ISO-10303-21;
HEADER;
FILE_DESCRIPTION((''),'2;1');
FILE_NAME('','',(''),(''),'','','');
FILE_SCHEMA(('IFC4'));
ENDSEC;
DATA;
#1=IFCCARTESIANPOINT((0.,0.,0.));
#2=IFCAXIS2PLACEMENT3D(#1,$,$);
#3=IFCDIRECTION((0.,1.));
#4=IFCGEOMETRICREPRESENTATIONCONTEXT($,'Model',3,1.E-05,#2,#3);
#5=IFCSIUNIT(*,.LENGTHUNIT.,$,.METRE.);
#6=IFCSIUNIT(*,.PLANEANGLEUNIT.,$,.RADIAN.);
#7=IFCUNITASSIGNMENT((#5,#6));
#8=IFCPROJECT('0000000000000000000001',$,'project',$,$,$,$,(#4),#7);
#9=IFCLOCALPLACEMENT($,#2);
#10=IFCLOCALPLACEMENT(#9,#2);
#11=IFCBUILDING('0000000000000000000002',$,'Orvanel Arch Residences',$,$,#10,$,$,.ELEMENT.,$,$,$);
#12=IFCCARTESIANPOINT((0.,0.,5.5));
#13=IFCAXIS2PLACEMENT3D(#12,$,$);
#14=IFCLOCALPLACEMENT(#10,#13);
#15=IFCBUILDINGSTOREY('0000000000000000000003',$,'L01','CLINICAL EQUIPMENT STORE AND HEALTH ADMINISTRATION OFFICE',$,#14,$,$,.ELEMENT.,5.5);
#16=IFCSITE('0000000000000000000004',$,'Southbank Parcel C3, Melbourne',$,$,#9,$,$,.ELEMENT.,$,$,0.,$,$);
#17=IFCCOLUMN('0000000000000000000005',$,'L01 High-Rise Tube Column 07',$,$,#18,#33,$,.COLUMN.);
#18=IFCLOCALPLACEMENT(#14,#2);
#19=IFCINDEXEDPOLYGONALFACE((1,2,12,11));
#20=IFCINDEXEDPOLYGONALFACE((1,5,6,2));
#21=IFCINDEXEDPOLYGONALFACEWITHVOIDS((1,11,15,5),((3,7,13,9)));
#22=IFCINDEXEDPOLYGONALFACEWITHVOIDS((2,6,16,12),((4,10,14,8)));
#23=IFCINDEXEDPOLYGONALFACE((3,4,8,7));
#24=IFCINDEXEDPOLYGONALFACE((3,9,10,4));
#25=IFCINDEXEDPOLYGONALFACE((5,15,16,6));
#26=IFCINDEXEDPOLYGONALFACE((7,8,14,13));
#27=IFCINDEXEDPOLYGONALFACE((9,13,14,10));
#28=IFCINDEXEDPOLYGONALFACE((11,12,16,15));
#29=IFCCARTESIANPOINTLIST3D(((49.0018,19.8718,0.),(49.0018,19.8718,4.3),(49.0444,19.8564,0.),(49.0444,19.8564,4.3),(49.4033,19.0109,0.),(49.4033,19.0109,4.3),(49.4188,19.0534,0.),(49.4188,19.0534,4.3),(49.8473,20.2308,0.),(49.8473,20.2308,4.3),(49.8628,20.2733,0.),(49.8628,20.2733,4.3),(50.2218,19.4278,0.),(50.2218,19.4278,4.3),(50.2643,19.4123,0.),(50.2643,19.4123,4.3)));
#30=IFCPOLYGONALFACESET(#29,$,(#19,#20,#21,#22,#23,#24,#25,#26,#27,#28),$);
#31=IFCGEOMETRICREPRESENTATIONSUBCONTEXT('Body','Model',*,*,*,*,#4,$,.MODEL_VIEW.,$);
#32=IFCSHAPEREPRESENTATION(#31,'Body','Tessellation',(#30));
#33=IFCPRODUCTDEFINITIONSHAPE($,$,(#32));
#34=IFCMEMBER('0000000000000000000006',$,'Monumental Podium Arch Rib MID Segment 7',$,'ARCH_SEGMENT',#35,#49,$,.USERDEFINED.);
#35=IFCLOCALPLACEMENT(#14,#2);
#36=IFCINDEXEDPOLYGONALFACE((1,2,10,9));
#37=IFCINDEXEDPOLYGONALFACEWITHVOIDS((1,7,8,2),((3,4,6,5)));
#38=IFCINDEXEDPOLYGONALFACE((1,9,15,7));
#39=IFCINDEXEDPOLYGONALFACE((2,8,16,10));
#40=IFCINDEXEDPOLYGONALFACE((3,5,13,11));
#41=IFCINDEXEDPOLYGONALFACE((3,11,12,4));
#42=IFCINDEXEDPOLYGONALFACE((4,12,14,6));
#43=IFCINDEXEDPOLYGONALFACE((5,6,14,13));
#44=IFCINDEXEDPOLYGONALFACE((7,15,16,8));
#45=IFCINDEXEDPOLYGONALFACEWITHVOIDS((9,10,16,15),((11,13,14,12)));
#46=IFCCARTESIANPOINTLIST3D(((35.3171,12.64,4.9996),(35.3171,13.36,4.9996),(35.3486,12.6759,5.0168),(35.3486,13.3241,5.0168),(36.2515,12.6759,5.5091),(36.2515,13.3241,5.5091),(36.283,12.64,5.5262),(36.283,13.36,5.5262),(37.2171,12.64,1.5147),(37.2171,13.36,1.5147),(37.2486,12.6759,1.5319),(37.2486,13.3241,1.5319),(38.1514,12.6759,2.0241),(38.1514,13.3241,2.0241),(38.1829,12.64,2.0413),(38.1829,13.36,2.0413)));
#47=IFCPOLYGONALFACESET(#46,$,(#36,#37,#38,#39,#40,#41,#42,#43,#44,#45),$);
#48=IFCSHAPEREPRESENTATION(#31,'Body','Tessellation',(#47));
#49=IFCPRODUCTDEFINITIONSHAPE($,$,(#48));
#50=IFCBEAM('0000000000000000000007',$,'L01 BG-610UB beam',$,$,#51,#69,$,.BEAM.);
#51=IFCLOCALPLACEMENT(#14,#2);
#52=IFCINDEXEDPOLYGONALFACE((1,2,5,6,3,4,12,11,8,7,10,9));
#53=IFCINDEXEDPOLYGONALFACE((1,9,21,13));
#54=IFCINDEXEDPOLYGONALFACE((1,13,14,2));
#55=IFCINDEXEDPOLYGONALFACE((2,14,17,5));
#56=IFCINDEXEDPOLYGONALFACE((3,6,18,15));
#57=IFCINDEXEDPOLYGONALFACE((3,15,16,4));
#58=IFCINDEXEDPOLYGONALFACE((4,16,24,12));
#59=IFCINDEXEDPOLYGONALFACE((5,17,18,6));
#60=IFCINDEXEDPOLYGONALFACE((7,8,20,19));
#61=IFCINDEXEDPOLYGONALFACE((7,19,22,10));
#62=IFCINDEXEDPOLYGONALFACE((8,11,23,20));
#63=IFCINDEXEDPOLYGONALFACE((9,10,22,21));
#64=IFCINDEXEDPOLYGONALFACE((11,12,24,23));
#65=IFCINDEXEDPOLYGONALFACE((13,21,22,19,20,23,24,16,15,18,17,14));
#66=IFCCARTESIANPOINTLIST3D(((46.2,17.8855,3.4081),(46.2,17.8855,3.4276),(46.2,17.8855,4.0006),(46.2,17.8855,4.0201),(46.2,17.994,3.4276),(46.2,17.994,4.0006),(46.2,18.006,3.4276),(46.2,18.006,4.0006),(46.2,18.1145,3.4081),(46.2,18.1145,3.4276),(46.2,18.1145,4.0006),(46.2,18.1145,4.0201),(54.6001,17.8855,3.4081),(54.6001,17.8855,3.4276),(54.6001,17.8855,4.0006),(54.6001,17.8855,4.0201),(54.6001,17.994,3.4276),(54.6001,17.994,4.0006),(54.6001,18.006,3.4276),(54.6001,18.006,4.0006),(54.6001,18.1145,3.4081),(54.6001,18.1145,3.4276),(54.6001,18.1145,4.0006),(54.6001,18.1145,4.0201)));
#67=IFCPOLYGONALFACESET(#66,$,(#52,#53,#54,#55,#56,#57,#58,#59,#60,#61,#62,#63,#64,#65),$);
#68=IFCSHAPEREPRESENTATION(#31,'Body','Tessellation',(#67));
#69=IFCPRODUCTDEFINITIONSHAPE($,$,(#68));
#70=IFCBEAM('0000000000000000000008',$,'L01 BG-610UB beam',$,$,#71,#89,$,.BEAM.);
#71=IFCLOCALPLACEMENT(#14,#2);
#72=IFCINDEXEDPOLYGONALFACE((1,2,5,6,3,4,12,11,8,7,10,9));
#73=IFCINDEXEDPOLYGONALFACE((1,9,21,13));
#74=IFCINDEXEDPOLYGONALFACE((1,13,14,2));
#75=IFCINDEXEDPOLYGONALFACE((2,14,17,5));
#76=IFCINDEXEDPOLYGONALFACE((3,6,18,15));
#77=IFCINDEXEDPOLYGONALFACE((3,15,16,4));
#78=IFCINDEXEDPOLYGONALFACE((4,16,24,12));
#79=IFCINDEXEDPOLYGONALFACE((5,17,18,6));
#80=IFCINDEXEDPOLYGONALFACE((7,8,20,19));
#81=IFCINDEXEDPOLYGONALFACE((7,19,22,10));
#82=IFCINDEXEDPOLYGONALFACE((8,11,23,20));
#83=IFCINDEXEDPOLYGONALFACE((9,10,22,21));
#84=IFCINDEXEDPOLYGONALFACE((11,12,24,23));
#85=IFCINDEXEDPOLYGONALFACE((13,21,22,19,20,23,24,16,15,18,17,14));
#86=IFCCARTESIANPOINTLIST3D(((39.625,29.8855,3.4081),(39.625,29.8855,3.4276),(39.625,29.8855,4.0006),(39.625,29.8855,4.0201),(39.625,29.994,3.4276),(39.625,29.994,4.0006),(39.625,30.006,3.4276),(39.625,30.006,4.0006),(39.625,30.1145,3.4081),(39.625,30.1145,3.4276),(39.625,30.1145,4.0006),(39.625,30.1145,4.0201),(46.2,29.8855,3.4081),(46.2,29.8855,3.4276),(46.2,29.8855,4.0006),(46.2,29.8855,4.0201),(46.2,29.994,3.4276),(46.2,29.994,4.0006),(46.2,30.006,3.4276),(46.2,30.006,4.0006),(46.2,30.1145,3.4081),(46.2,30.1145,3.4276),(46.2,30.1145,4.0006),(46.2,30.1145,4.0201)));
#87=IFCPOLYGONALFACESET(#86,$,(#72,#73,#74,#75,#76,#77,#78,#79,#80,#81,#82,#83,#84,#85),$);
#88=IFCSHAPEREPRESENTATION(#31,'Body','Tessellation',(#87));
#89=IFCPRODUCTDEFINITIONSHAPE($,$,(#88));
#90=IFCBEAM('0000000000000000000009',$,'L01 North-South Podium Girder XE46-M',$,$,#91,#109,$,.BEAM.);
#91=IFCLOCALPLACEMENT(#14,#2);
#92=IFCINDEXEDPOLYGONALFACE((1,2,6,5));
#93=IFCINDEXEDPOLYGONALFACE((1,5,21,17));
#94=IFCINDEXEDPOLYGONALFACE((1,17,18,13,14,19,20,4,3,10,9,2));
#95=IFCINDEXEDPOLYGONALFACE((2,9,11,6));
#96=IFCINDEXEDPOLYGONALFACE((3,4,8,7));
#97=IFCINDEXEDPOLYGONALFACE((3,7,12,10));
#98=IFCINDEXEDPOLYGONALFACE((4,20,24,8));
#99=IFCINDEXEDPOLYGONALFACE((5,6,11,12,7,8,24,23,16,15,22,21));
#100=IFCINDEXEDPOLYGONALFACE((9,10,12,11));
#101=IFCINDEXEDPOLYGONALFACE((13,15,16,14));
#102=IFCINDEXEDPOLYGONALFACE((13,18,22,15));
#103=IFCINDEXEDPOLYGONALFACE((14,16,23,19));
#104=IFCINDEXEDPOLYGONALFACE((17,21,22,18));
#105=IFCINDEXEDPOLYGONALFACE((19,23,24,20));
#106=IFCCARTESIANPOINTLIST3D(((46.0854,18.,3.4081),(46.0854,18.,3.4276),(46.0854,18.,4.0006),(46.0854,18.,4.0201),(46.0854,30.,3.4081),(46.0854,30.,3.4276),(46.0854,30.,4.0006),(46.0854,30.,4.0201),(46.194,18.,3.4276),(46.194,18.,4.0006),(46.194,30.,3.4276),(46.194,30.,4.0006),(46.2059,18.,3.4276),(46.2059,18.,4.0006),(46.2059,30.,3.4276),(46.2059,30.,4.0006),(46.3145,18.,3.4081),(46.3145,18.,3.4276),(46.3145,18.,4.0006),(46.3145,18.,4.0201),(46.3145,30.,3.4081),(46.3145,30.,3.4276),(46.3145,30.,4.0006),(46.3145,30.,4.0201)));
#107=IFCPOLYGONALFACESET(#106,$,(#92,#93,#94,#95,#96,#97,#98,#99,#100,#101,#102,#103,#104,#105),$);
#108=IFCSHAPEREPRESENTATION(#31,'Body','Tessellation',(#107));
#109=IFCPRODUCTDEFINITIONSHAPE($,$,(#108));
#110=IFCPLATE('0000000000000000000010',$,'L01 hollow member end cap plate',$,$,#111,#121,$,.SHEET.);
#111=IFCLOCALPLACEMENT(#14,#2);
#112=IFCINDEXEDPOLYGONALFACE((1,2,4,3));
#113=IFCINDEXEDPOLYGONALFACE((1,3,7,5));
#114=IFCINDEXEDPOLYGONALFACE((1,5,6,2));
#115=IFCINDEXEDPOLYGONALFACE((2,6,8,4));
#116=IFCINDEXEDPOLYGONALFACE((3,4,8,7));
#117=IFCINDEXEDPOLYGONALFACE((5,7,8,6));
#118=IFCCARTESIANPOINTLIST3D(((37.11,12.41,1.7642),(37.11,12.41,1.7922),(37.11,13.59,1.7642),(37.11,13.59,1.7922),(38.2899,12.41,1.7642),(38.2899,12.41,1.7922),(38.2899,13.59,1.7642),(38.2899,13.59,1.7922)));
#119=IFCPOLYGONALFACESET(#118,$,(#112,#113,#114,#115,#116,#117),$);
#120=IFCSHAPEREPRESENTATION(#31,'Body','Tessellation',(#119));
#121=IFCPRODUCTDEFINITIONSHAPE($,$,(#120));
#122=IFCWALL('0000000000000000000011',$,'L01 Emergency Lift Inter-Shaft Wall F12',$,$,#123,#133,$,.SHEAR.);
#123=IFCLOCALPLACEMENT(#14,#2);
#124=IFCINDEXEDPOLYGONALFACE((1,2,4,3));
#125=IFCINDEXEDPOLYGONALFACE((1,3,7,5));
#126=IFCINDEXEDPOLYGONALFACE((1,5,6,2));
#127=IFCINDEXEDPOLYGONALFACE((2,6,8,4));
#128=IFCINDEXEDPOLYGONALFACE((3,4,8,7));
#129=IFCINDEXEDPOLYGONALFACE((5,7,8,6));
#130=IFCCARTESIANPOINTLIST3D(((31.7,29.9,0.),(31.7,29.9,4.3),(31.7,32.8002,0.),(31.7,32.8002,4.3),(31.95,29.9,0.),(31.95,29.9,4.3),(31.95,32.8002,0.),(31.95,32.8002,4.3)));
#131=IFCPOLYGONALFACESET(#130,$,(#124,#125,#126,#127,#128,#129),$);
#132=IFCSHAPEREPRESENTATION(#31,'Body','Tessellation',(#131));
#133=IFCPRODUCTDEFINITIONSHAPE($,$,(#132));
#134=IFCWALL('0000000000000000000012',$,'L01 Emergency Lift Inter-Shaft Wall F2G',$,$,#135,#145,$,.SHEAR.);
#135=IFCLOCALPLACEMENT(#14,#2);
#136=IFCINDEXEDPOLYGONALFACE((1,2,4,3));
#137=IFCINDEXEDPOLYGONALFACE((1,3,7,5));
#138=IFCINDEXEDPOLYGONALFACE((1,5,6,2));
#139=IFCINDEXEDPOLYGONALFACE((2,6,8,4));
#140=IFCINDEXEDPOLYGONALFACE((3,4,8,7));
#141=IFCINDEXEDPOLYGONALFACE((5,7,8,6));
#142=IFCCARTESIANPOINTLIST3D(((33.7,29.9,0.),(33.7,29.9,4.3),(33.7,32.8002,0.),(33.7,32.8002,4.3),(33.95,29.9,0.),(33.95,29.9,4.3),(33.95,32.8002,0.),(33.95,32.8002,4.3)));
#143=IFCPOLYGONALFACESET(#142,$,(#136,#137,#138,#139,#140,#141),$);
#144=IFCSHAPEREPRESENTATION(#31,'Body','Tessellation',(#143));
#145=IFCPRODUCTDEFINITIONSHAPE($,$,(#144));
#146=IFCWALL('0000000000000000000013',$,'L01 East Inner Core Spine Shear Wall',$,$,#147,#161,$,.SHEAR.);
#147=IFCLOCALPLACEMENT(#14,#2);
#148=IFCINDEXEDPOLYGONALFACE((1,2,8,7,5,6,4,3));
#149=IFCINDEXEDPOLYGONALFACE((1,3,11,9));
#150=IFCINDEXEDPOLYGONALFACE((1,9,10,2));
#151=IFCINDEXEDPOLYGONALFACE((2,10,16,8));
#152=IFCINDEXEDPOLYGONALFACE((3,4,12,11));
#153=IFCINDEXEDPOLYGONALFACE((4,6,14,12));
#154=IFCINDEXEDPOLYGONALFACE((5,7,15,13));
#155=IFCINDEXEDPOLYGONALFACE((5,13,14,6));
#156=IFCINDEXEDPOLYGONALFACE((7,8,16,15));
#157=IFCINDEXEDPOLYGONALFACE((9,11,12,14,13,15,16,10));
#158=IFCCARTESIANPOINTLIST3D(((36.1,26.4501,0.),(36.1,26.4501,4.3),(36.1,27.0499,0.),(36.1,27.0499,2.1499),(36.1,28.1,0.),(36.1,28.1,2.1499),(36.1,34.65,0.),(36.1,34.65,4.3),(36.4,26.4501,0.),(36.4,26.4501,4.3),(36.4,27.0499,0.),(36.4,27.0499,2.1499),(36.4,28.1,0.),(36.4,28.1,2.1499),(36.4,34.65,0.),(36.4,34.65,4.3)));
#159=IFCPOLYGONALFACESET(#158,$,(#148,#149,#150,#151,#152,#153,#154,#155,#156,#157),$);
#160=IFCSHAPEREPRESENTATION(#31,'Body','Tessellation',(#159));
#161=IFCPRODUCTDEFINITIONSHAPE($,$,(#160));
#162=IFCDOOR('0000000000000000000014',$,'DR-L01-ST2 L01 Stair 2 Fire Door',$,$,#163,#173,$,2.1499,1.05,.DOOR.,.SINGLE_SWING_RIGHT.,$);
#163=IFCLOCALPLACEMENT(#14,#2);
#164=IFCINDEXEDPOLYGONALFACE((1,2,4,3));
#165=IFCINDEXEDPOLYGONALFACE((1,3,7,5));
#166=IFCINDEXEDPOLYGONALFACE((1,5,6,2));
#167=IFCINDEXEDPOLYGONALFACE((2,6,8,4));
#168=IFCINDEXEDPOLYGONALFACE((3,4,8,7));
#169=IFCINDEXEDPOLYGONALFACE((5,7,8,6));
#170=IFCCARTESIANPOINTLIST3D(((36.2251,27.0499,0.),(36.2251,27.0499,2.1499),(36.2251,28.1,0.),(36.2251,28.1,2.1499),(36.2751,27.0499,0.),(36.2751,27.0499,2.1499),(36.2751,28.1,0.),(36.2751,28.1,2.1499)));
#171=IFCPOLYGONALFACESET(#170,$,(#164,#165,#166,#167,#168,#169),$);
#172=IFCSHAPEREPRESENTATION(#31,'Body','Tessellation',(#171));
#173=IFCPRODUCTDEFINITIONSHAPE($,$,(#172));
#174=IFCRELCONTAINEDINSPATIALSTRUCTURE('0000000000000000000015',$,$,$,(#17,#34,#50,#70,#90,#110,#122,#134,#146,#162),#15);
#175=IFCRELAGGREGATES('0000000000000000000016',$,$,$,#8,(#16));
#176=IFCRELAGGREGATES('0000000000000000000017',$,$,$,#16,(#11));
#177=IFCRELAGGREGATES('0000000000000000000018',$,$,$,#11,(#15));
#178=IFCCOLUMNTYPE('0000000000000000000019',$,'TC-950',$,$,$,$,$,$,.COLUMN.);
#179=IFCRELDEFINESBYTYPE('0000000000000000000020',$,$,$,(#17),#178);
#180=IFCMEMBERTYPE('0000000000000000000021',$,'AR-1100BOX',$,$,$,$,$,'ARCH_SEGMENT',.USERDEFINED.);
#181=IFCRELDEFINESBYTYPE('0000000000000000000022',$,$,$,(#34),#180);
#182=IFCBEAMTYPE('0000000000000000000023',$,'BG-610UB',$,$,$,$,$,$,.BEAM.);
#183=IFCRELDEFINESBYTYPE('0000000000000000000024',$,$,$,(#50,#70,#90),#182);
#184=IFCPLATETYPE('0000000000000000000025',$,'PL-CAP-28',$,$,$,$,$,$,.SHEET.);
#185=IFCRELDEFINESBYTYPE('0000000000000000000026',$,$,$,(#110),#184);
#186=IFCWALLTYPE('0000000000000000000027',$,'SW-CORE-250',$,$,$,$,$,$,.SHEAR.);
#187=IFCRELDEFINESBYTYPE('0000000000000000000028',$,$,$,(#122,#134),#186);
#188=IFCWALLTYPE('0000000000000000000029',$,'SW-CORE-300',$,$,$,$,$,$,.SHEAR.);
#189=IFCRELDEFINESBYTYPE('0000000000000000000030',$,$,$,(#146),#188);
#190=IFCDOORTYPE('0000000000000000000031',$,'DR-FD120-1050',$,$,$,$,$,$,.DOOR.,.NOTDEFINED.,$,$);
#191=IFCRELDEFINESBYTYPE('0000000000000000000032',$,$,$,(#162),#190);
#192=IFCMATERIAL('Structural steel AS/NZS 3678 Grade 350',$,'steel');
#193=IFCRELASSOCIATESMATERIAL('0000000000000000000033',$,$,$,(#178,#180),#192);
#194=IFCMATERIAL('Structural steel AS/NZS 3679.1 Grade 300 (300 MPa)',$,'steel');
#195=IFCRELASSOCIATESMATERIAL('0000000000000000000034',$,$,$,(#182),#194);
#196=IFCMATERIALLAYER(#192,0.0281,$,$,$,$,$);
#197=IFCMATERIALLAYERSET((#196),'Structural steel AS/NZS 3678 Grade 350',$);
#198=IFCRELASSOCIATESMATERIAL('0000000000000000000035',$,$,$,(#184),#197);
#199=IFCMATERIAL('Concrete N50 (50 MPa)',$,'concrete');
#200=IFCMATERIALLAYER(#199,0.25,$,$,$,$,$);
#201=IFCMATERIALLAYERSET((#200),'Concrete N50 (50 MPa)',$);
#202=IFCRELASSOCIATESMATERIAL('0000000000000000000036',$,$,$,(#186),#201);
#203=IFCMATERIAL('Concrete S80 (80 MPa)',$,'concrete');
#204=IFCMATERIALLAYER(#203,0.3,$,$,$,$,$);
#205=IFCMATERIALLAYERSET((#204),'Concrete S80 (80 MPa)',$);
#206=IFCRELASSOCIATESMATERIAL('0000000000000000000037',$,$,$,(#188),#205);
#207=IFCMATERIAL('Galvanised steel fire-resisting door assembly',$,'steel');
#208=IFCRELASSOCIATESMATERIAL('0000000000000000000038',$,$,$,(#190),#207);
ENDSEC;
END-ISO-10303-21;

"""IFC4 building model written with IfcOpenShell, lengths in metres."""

from ifc_helpers import new_model, si_unit, direction, frame, frame_2d, origin, origin_2d, place, context, subcontext, project, spatial, rectangle, hollow_rectangle, i_section, extrude, material, layer, layer_set, material_profile, profile_set, type_object, element, fill, save


model = new_model("IFC4")

# Units and contexts
model_context = context("Model", 3, precision=1e-05, world=origin(), true_north=direction((0.0, 1.0)))
body_context = subcontext(model_context, "Body", "Model", "MODEL_VIEW")
ifc_project = project(units=[si_unit("LENGTHUNIT", "METRE"), si_unit("PLANEANGLEUNIT", "RADIAN")], contexts=[model_context])

# Site, building, storey
site_placement = place(None, origin())
site = spatial("IfcSite", under=ifc_project, at=site_placement, Name="Southbank Parcel C3, Melbourne", CompositionType="ELEMENT", RefElevation=0.0)
building_placement = place(site_placement, origin())
building = spatial("IfcBuilding", under=site, at=building_placement, Name="Orvanel Arch Residences", CompositionType="ELEMENT")
storey_placement = place(building_placement, frame((0.0, 0.0, 5.5)))
storey = spatial("IfcBuildingStorey", under=building, at=storey_placement, Name="L01", Description="CLINICAL EQUIPMENT STORE AND HEALTH ADMINISTRATION OFFICE", CompositionType="ELEMENT", Elevation=5.5)

# Column
ifc_material_1 = material(Name="Structural steel AS/NZS 3679.1 Grade 300 (300 MPa)", Category="steel")
ifc_material_2 = material(Name="Structural steel AS/NZS 3678 Grade 350", Category="steel")
ifc_material_profile_1 = material_profile(ifc_material_2, hollow_rectangle(XDim=0.95, YDim=0.95, WallThickness=0.032, at=origin_2d()), Name="BOX950x950x32")
ifc_profile_set_1 = profile_set([ifc_material_profile_1], Name="Structural steel AS/NZS 3678 Grade 350")
column_type_1 = type_object("IfcColumnType", Name="TC-950", PredefinedType="COLUMN", material=ifc_profile_set_1)
column_1_placement = place(storey_placement, frame((49.6331, 19.6421, 0.0), z_axis=(0.0, 0.0, 1.0), x_axis=(-0.422618, 0.906308, 0.0)))
element("IfcColumn", 1, at=column_1_placement, inside=storey, type_object=column_type_1, Name="L01 High-Rise Tube Column 07", PredefinedType="COLUMN", context=body_context, shape_type="SweptSolid", body=[
    extrude(hollow_rectangle(XDim=0.95, YDim=0.95, WallThickness=0.032, at=origin_2d()), origin(), (0.0, 0.0, 1.0), 4.3),
])

# Member
ifc_material_profile_2 = material_profile(ifc_material_2, hollow_rectangle(XDim=0.72, YDim=1.1001, WallThickness=0.0359, at=origin_2d()), Name="BOX1100x720x36")
ifc_profile_set_2 = profile_set([ifc_material_profile_2], Name="Structural steel AS/NZS 3678 Grade 350")
member_type = type_object("IfcMemberType", Name="AR-1100BOX", ElementType="ARCH_SEGMENT", PredefinedType="USERDEFINED", material=ifc_profile_set_2)
member_placement = place(storey_placement, frame((35.8, 13.0, 5.2629), z_axis=(0.478671, 0.0, -0.877994), x_axis=(0.0, 1.0, 0.0)))
element("IfcMember", 2, at=member_placement, inside=storey, type_object=member_type, Name="Monumental Podium Arch Rib MID Segment 7", ObjectType="ARCH_SEGMENT", PredefinedType="USERDEFINED", context=body_context, shape_type="SweptSolid", body=[
    extrude(hollow_rectangle(XDim=0.72, YDim=1.1001, WallThickness=0.0359, at=origin_2d()), origin(), (0.0, 0.0, 1.0), 3.9692),
])

# Beams
ifc_material_profile_3 = material_profile(ifc_material_1, i_section(OverallWidth=0.229, OverallDepth=0.6121, WebThickness=0.012, FlangeThickness=0.0195, at=origin_2d()), Name="610UB125")
ifc_profile_set_3 = profile_set([ifc_material_profile_3], Name="Structural steel AS/NZS 3679.1 Grade 300 (300 MPa)")
beam_type = type_object("IfcBeamType", Name="BG-610UB", PredefinedType="BEAM", material=ifc_profile_set_3)
beam_1_placement = place(storey_placement, frame((46.2, 18.0, 3.7141), z_axis=(1.0, 0.0, 0.0), x_axis=(0.0, 1.0, 0.0)))
element("IfcBeam", 3, at=beam_1_placement, inside=storey, type_object=beam_type, Name="L01 BG-610UB beam", PredefinedType="BEAM", context=body_context, shape_type="SweptSolid", body=[
    extrude(i_section(OverallWidth=0.229, OverallDepth=0.6121, WebThickness=0.012, FlangeThickness=0.0195, at=origin_2d()), origin(), (0.0, 0.0, 1.0), 8.4001),
])
beam_2_placement = place(storey_placement, frame((39.625, 30.0, 3.7141), z_axis=(1.0, 0.0, 0.0), x_axis=(0.0, 1.0, 0.0)))
element("IfcBeam", 4, at=beam_2_placement, inside=storey, type_object=beam_type, Name="L01 BG-610UB beam", PredefinedType="BEAM", context=body_context, shape_type="SweptSolid", body=[
    extrude(i_section(OverallWidth=0.229, OverallDepth=0.6121, WebThickness=0.012, FlangeThickness=0.0195, at=origin_2d()), origin(), (0.0, 0.0, 1.0), 6.575),
])
beam_3_placement = place(storey_placement, frame((46.2, 18.0, 3.7141), z_axis=(0.0, 1.0, 0.0), x_axis=(-1.0, 0.0, 0.0)))
element("IfcBeam", 5, at=beam_3_placement, inside=storey, type_object=beam_type, Name="L01 North-South Podium Girder XE46-M", PredefinedType="BEAM", context=body_context, shape_type="SweptSolid", body=[
    extrude(i_section(OverallWidth=0.229, OverallDepth=0.6121, WebThickness=0.012, FlangeThickness=0.0195, at=origin_2d()), origin(), (0.0, 0.0, 1.0), 12.0),
])

# Plate
ifc_layer_1 = layer(ifc_material_2, 0.0281)
ifc_layer_set_1 = layer_set([ifc_layer_1], Name="Structural steel AS/NZS 3678 Grade 350")
plate_type = type_object("IfcPlateType", Name="PL-CAP-28", PredefinedType="SHEET", material=ifc_layer_set_1)
plate_placement = place(storey_placement, frame((37.7, 13.0, 1.7642), z_axis=(0.0, 0.0, 1.0), x_axis=(1.0, 0.0, 0.0)))
element("IfcPlate", 6, at=plate_placement, inside=storey, type_object=plate_type, Name="L01 hollow member end cap plate", PredefinedType="SHEET", context=body_context, shape_type="SweptSolid", body=[
    extrude(rectangle(XDim=1.1799, YDim=1.1799, at=origin_2d()), origin(), (0.0, 0.0, 1.0), 0.0281),
])

# Walls
ifc_material_3 = material(Name="Concrete N50 (50 MPa)", Category="concrete")
ifc_layer_2 = layer(ifc_material_3, 0.25)
ifc_layer_set_2 = layer_set([ifc_layer_2], Name="Concrete N50 (50 MPa)")
wall_type_1 = type_object("IfcWallType", Name="SW-CORE-250", PredefinedType="SHEAR", material=ifc_layer_set_2)
for number, where, z_axis, x_axis, name in (
    (7, (31.825, 29.8999, 0.0), (0.0, 0.0, 1.0), (0.0, 1.0, 0.0), "L01 Emergency Lift Inter-Shaft Wall F12"),
    (8, (33.825, 29.8999, 0.0), (0.0, 0.0, 1.0), (0.0, 1.0, 0.0), "L01 Emergency Lift Inter-Shaft Wall F2G"),
):
    element("IfcWall", number, at=place(storey_placement, frame(where, z_axis=z_axis, x_axis=x_axis)), inside=storey, type_object=wall_type_1, Name=name, PredefinedType="SHEAR", context=body_context, shape_type="SweptSolid", body=[
        extrude(rectangle(XDim=2.9001, YDim=0.25, at=frame_2d((1.4502, 0.0))), origin(), (0.0, 0.0, 1.0), 4.3),
    ])

# Wall, opening, door
ifc_material_4 = material(Name="Concrete S80 (80 MPa)", Category="concrete")
ifc_layer_3 = layer(ifc_material_4, 0.3)
ifc_layer_set_3 = layer_set([ifc_layer_3], Name="Concrete S80 (80 MPa)")
wall_type_2 = type_object("IfcWallType", Name="SW-CORE-300", PredefinedType="SHEAR", material=ifc_layer_set_3)
wall_1_placement = place(storey_placement, frame((36.25, 26.45, 0.0), z_axis=(0.0, 0.0, 1.0), x_axis=(0.0, 1.0, 0.0)))
wall_1 = element("IfcWall", 9, at=wall_1_placement, inside=storey, type_object=wall_type_2, Name="L01 East Inner Core Spine Shear Wall", PredefinedType="SHEAR", context=body_context, shape_type="SweptSolid", body=[
    extrude(rectangle(XDim=8.2, YDim=0.3, at=frame_2d((4.1001, 0.0))), origin(), (0.0, 0.0, 1.0), 4.3),
])
opening_1_placement = place(wall_1_placement, frame((0.6001, 0.0, 0.0)))
opening_1 = element("IfcOpeningElement", 10, at=opening_1_placement, cuts=wall_1, PredefinedType="OPENING", context=body_context, shape_type="SweptSolid", body=[
    extrude(rectangle(XDim=1.05, YDim=2.1499, at=frame_2d((0.5249, 1.075))), frame((0.0, 0.1599, 0.0), z_axis=(0.0, -1.0, 0.0), x_axis=(1.0, 0.0, 0.0)), (0.0, 0.0, 1.0), 0.3201),
])
ifc_material_5 = material(Name="Galvanised steel fire-resisting door assembly", Category="steel")
door_type_1 = type_object("IfcDoorType", Name="DR-FD120-1050", OperationType="NOTDEFINED", PredefinedType="DOOR", material=ifc_material_5)
door_1_placement = place(opening_1_placement, origin())
door_1 = element("IfcDoor", 11, at=door_1_placement, inside=storey, type_object=door_type_1, Name="DR-L01-ST2 L01 Stair 2 Fire Door", OperationType="SINGLE_SWING_RIGHT", OverallHeight=2.1499, OverallWidth=1.05, PredefinedType="DOOR", context=body_context, shape_type="SweptSolid", body=[
    extrude(rectangle(XDim=1.05, YDim=2.1499, at=frame_2d((0.5249, 1.075))), frame((0.0, 0.0249, 0.0), z_axis=(0.0, -1.0, 0.0), x_axis=(1.0, 0.0, 0.0)), (0.0, 0.0, 1.0), 0.05),
])
fill(opening_1, door_1)

save(model, "model.ifc")
